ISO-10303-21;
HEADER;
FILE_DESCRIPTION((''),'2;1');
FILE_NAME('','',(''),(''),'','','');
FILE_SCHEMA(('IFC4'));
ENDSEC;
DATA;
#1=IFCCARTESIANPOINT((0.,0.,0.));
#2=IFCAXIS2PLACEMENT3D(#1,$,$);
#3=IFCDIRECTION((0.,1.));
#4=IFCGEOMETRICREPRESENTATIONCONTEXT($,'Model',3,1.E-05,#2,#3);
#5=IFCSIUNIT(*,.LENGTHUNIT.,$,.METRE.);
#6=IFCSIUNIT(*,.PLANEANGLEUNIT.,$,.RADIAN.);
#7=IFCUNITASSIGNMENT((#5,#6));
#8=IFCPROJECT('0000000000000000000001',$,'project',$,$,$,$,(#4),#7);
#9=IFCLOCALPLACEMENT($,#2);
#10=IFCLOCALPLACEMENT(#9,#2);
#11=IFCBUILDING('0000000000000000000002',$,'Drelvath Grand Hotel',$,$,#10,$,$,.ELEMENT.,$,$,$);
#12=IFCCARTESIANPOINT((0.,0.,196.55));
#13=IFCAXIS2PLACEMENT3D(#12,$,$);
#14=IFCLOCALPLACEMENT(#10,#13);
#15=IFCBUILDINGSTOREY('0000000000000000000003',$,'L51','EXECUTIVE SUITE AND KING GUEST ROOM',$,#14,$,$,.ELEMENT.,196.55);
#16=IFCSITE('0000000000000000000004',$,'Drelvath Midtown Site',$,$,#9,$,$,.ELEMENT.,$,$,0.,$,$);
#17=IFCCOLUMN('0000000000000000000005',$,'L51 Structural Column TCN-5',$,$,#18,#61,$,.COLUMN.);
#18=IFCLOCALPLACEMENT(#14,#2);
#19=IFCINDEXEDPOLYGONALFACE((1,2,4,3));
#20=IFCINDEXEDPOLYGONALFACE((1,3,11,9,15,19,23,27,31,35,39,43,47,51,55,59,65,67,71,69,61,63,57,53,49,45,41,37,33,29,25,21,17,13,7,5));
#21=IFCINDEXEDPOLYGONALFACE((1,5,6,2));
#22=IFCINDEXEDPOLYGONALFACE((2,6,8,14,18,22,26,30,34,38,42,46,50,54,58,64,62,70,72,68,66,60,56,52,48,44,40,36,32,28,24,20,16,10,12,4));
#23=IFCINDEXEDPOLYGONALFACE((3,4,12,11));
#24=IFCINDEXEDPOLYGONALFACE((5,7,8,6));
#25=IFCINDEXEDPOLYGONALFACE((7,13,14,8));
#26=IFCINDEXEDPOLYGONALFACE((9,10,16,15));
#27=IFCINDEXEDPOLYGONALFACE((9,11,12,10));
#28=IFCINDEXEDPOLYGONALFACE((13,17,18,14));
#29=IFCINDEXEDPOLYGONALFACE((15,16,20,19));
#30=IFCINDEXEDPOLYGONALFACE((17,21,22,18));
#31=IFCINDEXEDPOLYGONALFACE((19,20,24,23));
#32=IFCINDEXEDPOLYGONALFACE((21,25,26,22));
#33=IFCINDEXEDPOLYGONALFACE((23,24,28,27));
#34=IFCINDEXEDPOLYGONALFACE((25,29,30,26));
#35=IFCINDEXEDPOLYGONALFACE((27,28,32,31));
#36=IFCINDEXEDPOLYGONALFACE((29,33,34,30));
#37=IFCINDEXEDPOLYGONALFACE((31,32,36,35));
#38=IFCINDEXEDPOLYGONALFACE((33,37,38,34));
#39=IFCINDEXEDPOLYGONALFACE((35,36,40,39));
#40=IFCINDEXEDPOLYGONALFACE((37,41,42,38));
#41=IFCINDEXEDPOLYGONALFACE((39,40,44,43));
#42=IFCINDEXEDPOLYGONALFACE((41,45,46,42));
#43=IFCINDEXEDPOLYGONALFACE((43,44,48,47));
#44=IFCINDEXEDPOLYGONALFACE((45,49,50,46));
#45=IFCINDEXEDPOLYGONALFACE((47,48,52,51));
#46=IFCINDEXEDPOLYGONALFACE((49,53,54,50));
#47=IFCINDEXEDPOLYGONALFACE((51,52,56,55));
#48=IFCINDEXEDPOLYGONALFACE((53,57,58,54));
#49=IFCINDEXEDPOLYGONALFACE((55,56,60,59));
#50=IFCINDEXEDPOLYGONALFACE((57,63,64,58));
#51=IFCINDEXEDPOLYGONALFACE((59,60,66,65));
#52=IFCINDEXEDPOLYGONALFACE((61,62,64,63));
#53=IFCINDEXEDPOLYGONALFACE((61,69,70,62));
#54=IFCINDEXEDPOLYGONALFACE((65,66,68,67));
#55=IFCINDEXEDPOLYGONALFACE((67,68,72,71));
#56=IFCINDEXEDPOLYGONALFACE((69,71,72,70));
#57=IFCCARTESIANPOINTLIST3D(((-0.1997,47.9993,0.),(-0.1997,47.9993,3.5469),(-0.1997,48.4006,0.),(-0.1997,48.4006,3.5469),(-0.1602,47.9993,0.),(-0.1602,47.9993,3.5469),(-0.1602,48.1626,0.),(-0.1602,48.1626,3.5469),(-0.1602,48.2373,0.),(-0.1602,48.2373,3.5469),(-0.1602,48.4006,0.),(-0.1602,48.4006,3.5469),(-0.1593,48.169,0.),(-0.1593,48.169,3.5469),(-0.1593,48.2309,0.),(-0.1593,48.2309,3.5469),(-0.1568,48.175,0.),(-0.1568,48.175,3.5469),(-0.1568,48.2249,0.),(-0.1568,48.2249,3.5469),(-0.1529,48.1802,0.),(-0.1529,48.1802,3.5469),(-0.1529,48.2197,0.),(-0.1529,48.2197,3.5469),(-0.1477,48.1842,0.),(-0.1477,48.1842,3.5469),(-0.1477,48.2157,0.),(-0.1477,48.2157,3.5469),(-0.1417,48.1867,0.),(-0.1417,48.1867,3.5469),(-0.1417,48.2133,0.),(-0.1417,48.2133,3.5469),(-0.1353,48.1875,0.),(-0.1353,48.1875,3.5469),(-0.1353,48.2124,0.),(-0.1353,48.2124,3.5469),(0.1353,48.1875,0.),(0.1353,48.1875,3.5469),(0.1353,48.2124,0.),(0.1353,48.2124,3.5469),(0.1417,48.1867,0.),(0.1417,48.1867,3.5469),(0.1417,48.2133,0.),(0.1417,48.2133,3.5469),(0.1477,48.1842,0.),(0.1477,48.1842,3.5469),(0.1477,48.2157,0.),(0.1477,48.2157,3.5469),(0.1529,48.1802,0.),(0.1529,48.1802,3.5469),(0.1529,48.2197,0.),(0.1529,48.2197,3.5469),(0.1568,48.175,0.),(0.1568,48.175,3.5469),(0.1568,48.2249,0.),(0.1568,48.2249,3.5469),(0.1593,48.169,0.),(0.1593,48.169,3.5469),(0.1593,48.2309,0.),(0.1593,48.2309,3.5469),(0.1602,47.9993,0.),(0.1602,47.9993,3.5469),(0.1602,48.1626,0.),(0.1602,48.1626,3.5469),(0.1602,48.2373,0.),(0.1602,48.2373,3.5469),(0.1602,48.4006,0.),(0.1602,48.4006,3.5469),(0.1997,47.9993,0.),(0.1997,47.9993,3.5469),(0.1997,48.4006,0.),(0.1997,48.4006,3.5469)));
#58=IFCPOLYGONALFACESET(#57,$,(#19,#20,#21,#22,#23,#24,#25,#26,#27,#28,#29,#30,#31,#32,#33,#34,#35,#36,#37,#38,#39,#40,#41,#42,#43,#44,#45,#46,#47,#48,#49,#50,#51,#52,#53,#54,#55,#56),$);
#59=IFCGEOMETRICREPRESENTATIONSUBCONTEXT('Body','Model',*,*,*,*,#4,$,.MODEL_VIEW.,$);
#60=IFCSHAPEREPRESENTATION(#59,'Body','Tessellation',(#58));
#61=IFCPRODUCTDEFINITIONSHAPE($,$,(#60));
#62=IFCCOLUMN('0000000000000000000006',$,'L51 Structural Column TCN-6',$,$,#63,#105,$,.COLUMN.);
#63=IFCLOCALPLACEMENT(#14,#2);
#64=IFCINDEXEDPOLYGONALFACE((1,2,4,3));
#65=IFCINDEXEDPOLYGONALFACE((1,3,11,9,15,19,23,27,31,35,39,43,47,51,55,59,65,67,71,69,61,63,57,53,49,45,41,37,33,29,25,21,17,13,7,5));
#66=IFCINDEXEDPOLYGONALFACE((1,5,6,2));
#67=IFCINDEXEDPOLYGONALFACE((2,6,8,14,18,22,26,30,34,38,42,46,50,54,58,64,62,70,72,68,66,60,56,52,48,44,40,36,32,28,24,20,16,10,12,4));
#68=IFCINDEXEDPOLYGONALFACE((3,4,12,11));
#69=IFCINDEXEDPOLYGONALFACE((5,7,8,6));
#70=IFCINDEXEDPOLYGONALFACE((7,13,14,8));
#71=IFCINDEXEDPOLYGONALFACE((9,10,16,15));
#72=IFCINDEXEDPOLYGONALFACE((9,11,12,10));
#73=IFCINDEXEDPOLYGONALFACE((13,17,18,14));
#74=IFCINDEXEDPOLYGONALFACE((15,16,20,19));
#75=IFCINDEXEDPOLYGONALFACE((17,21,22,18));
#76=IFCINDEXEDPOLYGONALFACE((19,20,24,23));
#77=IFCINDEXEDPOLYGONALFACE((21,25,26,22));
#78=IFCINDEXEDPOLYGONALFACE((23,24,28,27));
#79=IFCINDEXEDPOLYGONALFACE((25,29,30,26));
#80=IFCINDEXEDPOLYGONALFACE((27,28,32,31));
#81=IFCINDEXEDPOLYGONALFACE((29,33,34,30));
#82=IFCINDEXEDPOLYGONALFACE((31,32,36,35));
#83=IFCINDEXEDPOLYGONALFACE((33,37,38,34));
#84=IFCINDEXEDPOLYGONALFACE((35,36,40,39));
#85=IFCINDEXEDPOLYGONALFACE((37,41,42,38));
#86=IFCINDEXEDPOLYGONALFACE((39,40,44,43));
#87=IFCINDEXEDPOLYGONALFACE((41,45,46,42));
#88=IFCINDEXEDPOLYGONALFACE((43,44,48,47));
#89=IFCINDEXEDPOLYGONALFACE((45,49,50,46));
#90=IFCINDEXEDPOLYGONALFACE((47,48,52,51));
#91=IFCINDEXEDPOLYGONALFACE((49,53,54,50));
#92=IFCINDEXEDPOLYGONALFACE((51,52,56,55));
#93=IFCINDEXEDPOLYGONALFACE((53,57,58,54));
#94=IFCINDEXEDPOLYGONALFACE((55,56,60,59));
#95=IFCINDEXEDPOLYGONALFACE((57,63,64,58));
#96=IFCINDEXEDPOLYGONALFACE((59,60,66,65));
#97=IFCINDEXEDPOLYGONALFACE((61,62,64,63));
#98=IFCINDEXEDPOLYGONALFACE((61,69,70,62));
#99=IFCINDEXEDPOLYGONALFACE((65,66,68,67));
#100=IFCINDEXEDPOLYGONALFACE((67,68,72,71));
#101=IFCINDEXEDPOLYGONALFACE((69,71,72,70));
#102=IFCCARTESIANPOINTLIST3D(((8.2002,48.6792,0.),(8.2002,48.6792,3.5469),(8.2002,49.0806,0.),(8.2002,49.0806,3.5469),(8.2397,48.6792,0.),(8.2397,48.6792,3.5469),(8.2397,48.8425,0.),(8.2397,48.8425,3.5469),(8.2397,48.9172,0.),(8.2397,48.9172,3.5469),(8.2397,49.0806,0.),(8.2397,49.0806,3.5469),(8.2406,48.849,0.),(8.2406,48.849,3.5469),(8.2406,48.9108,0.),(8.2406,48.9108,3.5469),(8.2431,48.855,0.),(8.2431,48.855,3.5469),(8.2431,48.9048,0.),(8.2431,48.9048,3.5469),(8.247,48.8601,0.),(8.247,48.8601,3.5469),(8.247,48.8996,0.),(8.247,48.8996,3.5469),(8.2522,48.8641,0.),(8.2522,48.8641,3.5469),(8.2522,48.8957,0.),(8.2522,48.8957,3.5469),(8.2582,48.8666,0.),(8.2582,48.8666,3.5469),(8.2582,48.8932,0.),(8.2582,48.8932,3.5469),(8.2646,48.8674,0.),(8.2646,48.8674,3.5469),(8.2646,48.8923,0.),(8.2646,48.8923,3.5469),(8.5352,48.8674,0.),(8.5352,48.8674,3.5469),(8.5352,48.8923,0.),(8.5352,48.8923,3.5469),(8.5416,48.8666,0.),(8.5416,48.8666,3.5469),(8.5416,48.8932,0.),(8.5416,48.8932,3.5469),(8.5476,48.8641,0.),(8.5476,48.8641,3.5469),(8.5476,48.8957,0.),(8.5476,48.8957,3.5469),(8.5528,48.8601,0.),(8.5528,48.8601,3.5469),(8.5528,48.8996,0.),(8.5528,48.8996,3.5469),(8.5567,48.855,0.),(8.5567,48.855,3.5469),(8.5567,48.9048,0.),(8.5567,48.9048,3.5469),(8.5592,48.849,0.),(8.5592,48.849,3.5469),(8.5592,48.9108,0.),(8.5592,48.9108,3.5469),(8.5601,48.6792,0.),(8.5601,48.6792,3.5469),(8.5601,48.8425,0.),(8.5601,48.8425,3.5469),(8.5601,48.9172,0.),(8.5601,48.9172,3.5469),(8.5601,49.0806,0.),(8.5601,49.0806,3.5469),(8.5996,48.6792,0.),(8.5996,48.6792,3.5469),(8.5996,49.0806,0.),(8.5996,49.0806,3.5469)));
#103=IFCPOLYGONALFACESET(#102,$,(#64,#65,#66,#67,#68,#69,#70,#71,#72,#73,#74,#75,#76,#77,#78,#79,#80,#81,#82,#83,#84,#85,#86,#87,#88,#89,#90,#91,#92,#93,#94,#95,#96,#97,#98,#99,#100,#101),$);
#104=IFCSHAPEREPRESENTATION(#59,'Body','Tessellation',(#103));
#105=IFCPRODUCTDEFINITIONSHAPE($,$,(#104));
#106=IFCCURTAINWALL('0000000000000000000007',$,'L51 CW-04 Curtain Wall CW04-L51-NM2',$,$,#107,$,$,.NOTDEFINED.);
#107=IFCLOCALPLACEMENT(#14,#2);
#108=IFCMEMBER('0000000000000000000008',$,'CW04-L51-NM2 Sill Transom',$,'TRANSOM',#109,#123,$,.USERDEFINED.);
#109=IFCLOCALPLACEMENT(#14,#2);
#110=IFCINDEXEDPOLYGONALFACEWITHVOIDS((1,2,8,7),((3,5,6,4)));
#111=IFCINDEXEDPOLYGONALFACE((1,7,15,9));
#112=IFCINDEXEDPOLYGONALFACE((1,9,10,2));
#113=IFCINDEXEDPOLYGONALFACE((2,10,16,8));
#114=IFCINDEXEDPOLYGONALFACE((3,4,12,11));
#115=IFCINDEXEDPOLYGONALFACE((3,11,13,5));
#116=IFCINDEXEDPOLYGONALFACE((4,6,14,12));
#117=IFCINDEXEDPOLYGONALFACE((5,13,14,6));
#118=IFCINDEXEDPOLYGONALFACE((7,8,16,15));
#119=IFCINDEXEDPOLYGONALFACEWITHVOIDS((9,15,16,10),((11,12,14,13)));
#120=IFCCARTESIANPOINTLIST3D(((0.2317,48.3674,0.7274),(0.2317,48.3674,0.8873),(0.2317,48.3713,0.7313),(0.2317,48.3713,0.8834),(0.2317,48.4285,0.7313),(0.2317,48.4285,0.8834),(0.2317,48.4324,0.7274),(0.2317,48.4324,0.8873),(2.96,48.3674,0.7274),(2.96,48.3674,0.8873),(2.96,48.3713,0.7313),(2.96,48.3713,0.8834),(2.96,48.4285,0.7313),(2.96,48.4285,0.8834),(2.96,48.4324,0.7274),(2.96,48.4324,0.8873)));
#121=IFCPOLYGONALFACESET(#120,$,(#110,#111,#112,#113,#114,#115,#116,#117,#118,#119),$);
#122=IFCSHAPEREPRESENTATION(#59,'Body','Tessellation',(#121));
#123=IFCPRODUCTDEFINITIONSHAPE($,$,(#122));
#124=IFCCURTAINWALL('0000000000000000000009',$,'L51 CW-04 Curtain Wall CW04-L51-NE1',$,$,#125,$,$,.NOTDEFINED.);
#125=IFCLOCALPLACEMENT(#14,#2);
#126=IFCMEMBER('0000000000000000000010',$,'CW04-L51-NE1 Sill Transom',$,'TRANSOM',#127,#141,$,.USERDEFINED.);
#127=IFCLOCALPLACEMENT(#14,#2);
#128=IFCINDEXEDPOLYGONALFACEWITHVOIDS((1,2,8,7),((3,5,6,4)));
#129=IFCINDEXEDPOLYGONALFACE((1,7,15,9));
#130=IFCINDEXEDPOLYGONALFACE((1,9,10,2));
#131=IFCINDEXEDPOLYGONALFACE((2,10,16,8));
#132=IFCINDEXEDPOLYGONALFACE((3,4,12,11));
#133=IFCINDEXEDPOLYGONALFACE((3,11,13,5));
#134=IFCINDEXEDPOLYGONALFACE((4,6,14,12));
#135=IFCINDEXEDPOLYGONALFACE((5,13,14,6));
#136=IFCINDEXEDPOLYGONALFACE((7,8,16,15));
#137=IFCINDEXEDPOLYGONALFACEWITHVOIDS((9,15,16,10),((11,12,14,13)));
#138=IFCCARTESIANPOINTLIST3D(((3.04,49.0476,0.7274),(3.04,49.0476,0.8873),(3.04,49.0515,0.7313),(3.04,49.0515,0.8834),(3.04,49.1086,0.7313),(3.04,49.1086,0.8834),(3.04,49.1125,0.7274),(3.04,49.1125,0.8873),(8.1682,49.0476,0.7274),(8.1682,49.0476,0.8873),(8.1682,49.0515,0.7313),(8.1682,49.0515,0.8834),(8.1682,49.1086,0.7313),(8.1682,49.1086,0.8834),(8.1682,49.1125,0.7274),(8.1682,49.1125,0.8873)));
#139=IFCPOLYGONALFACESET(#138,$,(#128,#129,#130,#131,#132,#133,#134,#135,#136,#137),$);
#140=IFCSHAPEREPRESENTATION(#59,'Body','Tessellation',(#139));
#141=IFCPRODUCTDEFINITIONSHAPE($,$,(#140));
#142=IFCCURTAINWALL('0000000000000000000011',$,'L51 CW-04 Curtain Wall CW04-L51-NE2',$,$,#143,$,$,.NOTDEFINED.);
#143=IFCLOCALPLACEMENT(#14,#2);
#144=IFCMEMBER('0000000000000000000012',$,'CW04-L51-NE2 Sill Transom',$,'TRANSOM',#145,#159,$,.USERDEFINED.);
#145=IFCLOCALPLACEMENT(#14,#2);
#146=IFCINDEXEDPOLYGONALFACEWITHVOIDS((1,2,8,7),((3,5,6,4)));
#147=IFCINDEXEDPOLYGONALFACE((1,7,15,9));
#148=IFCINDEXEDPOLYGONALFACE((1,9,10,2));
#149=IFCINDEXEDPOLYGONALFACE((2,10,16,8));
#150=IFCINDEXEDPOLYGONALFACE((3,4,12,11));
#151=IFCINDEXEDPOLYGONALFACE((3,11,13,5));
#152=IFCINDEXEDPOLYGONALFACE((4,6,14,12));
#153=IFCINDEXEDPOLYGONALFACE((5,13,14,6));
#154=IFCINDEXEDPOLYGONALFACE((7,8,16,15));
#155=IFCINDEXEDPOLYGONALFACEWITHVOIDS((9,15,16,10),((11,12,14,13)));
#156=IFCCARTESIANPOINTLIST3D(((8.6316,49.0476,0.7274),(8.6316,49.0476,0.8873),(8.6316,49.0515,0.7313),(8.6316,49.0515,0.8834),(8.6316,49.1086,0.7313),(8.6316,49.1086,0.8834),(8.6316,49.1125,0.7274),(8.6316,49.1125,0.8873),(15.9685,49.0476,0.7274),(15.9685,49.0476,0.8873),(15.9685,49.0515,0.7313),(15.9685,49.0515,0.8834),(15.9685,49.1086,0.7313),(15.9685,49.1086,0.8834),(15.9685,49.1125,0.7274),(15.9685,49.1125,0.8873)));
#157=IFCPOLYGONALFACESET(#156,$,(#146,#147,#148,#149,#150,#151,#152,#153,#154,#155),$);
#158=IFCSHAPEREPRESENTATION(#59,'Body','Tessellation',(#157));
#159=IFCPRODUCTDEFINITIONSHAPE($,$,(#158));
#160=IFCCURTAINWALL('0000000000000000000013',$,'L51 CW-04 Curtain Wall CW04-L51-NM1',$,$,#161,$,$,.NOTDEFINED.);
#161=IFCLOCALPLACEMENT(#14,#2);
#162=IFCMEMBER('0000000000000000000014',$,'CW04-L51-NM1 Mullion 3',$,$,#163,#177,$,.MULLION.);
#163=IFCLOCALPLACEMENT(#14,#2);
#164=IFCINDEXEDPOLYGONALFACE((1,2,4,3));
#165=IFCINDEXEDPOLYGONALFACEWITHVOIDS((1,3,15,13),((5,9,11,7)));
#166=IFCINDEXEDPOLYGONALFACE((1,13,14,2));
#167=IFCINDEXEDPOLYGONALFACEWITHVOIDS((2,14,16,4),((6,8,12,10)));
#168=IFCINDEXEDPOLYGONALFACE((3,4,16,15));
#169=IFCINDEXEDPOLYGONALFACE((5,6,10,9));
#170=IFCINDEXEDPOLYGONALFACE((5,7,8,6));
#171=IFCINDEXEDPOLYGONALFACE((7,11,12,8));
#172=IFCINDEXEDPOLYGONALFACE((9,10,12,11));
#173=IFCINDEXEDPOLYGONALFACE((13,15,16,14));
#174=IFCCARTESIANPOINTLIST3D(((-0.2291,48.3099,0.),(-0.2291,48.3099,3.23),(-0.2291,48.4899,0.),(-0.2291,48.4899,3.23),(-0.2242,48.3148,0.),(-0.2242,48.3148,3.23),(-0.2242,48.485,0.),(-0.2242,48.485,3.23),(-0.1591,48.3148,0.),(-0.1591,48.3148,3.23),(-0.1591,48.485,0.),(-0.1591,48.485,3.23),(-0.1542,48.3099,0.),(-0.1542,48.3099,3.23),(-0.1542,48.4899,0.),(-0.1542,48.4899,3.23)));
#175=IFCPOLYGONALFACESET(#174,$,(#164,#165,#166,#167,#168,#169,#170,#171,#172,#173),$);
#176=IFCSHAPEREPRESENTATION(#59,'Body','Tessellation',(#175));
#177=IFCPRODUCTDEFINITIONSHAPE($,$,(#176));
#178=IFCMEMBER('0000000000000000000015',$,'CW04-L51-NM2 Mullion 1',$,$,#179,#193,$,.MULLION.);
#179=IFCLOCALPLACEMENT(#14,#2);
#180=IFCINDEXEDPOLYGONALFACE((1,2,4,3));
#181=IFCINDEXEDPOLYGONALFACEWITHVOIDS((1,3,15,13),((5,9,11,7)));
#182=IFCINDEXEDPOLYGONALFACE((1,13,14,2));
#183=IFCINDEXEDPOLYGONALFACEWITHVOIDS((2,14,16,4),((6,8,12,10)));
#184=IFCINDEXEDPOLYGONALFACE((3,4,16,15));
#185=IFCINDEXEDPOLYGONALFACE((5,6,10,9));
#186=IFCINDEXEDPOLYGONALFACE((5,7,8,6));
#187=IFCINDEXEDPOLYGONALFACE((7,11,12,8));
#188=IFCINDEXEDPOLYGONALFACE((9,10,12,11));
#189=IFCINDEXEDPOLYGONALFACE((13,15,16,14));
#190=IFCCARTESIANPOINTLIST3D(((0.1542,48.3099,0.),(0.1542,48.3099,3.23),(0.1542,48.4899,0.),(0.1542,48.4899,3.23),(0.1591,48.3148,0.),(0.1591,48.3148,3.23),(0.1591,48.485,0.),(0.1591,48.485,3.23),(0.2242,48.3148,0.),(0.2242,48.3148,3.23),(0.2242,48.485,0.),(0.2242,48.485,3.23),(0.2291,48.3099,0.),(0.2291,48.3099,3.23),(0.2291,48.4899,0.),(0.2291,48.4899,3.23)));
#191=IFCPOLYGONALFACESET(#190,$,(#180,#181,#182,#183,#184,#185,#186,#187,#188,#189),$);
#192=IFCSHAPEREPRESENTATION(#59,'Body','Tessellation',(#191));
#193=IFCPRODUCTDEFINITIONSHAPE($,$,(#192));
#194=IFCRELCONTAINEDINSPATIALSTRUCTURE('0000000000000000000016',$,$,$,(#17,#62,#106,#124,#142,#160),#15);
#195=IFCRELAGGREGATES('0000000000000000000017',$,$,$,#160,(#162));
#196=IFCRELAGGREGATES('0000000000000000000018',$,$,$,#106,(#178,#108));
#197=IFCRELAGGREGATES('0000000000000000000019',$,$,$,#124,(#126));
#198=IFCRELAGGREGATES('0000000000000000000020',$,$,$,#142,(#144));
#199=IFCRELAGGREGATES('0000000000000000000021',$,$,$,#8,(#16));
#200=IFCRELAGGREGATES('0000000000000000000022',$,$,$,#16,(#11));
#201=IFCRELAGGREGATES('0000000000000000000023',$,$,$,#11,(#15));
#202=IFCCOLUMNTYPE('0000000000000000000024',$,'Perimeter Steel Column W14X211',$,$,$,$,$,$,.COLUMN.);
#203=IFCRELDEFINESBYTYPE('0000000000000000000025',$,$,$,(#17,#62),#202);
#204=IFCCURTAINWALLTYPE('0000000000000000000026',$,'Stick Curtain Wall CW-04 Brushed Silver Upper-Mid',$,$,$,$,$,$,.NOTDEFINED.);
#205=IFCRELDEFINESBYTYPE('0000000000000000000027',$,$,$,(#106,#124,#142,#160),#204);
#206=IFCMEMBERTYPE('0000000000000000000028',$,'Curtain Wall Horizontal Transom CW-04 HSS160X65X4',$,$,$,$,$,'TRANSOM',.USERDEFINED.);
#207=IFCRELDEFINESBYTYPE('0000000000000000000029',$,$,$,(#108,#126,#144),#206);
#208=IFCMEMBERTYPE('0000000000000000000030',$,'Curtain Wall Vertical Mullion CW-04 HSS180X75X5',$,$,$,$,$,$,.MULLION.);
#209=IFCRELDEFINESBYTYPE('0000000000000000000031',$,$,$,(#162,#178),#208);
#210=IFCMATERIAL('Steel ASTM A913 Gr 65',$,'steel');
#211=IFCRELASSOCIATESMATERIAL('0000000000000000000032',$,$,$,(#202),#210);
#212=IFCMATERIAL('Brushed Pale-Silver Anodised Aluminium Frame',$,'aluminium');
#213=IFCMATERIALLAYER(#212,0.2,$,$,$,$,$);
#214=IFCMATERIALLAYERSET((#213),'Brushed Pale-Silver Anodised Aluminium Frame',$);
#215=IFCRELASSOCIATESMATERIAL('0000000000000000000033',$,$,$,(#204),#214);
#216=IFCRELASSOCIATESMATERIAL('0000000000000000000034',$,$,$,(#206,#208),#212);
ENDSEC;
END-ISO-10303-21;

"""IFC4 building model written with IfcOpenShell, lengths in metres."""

from ifc_helpers import new_model, si_unit, direction, frame, origin, origin_2d, place, context, subcontext, project, spatial, hollow_rectangle, i_section, extrude, material, layer, layer_set, material_profile, profile_set, type_object, element, aggregate, save


model = new_model("IFC4")

# Units and contexts
model_context = context("Model", 3, precision=1e-05, world=origin(), true_north=direction((0.0, 1.0)))
body_context = subcontext(model_context, "Body", "Model", "MODEL_VIEW")
ifc_project = project(units=[si_unit("LENGTHUNIT", "METRE"), si_unit("PLANEANGLEUNIT", "RADIAN")], contexts=[model_context])

# Site, building, storey
site_placement = place(None, origin())
site = spatial("IfcSite", under=ifc_project, at=site_placement, Name="Drelvath Midtown Site", CompositionType="ELEMENT", RefElevation=0.0)
building_placement = place(site_placement, origin())
building = spatial("IfcBuilding", under=site, at=building_placement, Name="Drelvath Grand Hotel", CompositionType="ELEMENT")
storey_placement = place(building_placement, frame((0.0, 0.0, 196.55)))
storey = spatial("IfcBuildingStorey", under=building, at=storey_placement, Name="L51", Description="EXECUTIVE SUITE AND KING GUEST ROOM", CompositionType="ELEMENT", Elevation=196.55)

# Columns
ifc_material_1 = material(Name="Steel ASTM A913 Gr 65", Category="steel")
ifc_material_profile_1 = material_profile(ifc_material_1, i_section(OverallWidth=0.4014, OverallDepth=0.3994, WebThickness=0.0249, FlangeThickness=0.0396, FilletRadius=0.0249, at=origin_2d()), Name="W14X211")
ifc_profile_set_1 = profile_set([ifc_material_profile_1], Name="Steel ASTM A913 Gr 65")
column_type = type_object("IfcColumnType", Name="Perimeter Steel Column W14X211", PredefinedType="COLUMN", material=ifc_profile_set_1)
for number, where, z_axis, x_axis, name in (
    (1, (0.0, 48.2, 0.0), (0.0, 0.0, 1.0), (0.0, 1.0, 0.0), "L51 Structural Column TCN-5"),
    (2, (8.3999, 48.8799, 0.0), (0.0, 0.0, 1.0), (0.0, 1.0, 0.0), "L51 Structural Column TCN-6"),
):
    element("IfcColumn", number, at=place(storey_placement, frame(where, z_axis=z_axis, x_axis=x_axis)), inside=storey, type_object=column_type, Name=name, PredefinedType="COLUMN", context=body_context, shape_type="SweptSolid", body=[
        extrude(i_section(OverallWidth=0.4014, OverallDepth=0.3994, WebThickness=0.0249, FlangeThickness=0.0396, FilletRadius=0.0249, at=origin_2d()), origin(), (0.0, 0.0, 1.0), 3.5469),
    ])

# Curtain walls, members
ifc_material_2 = material(Name="Brushed Pale-Silver Anodised Aluminium Frame", Category="aluminium")
ifc_layer_1 = layer(ifc_material_2, 0.2)
ifc_layer_set_1 = layer_set([ifc_layer_1], Name="Brushed Pale-Silver Anodised Aluminium Frame")
curtain_wall_type = type_object("IfcCurtainWallType", Name="Stick Curtain Wall CW-04 Brushed Silver Upper-Mid", PredefinedType="NOTDEFINED", material=ifc_layer_set_1)
curtain_wall_1_placement = place(storey_placement, origin())
curtain_wall_1 = element("IfcCurtainWall", 3, at=curtain_wall_1_placement, inside=storey, type_object=curtain_wall_type, Name="L51 CW-04 Curtain Wall CW04-L51-NM2", PredefinedType="NOTDEFINED")
ifc_material_profile_2 = material_profile(ifc_material_2, hollow_rectangle(XDim=0.0649, YDim=0.1599, WallThickness=0.0039, at=origin_2d()), Name="HSS160X65X4")
ifc_profile_set_2 = profile_set([ifc_material_profile_2], Name="Brushed Pale-Silver Anodised Aluminium Frame")
member_type_1 = type_object("IfcMemberType", Name="Curtain Wall Horizontal Transom CW-04 HSS160X65X4", ElementType="TRANSOM", PredefinedType="USERDEFINED", material=ifc_profile_set_2)
member_1_placement = place(storey_placement, frame((0.2317, 48.3999, 0.8074), z_axis=(1.0, 0.0, 0.0), x_axis=(0.0, 1.0, 0.0)))
member_1 = element("IfcMember", 4, at=member_1_placement, type_object=member_type_1, Name="CW04-L51-NM2 Sill Transom", ObjectType="TRANSOM", PredefinedType="USERDEFINED", context=body_context, shape_type="SweptSolid", body=[
    extrude(hollow_rectangle(XDim=0.0649, YDim=0.1599, WallThickness=0.0039, at=origin_2d()), origin(), (0.0, 0.0, 1.0), 2.7283),
])
curtain_wall_2_placement = place(storey_placement, origin())
curtain_wall_2 = element("IfcCurtainWall", 5, at=curtain_wall_2_placement, inside=storey, type_object=curtain_wall_type, Name="L51 CW-04 Curtain Wall CW04-L51-NE1", PredefinedType="NOTDEFINED")
member_2_placement = place(storey_placement, frame((3.04, 49.0801, 0.8074), z_axis=(1.0, 0.0, 0.0), x_axis=(0.0, 1.0, 0.0)))
member_2 = element("IfcMember", 6, at=member_2_placement, type_object=member_type_1, Name="CW04-L51-NE1 Sill Transom", ObjectType="TRANSOM", PredefinedType="USERDEFINED", context=body_context, shape_type="SweptSolid", body=[
    extrude(hollow_rectangle(XDim=0.0649, YDim=0.1599, WallThickness=0.0039, at=origin_2d()), origin(), (0.0, 0.0, 1.0), 5.1282),
])
curtain_wall_3_placement = place(storey_placement, origin())
curtain_wall_3 = element("IfcCurtainWall", 7, at=curtain_wall_3_placement, inside=storey, type_object=curtain_wall_type, Name="L51 CW-04 Curtain Wall CW04-L51-NE2", PredefinedType="NOTDEFINED")
member_3_placement = place(storey_placement, frame((8.6316, 49.0801, 0.8074), z_axis=(1.0, 0.0, 0.0), x_axis=(0.0, 1.0, 0.0)))
member_3 = element("IfcMember", 8, at=member_3_placement, type_object=member_type_1, Name="CW04-L51-NE2 Sill Transom", ObjectType="TRANSOM", PredefinedType="USERDEFINED", context=body_context, shape_type="SweptSolid", body=[
    extrude(hollow_rectangle(XDim=0.0649, YDim=0.1599, WallThickness=0.0039, at=origin_2d()), origin(), (0.0, 0.0, 1.0), 7.3369),
])
curtain_wall_4_placement = place(storey_placement, origin())
curtain_wall_4 = element("IfcCurtainWall", 9, at=curtain_wall_4_placement, inside=storey, type_object=curtain_wall_type, Name="L51 CW-04 Curtain Wall CW04-L51-NM1", PredefinedType="NOTDEFINED")
ifc_material_profile_3 = material_profile(ifc_material_2, hollow_rectangle(XDim=0.075, YDim=0.1799, WallThickness=0.0049, at=origin_2d()), Name="HSS180X75X5")
ifc_profile_set_3 = profile_set([ifc_material_profile_3], Name="Brushed Pale-Silver Anodised Aluminium Frame")
member_type_2 = type_object("IfcMemberType", Name="Curtain Wall Vertical Mullion CW-04 HSS180X75X5", PredefinedType="MULLION", material=ifc_profile_set_3)
member_4_placement = place(storey_placement, frame((-0.1917, 48.3999, 0.0), z_axis=(0.0, 0.0, 1.0), x_axis=(1.0, 0.0, 0.0)))
member_4 = element("IfcMember", 10, at=member_4_placement, type_object=member_type_2, Name="CW04-L51-NM1 Mullion 3", PredefinedType="MULLION", context=body_context, shape_type="SweptSolid", body=[
    extrude(hollow_rectangle(XDim=0.075, YDim=0.1799, WallThickness=0.0049, at=origin_2d()), origin(), (0.0, 0.0, 1.0), 3.23),
])
aggregate(curtain_wall_4, [member_4])

# Member
member_5_placement = place(storey_placement, frame((0.1917, 48.3999, 0.0), z_axis=(0.0, 0.0, 1.0), x_axis=(1.0, 0.0, 0.0)))
member_5 = element("IfcMember", 11, at=member_5_placement, type_object=member_type_2, Name="CW04-L51-NM2 Mullion 1", PredefinedType="MULLION", context=body_context, shape_type="SweptSolid", body=[
    extrude(hollow_rectangle(XDim=0.075, YDim=0.1799, WallThickness=0.0049, at=origin_2d()), origin(), (0.0, 0.0, 1.0), 3.23),
])

aggregate(curtain_wall_1, [member_5, member_1])
aggregate(curtain_wall_2, [member_2])
aggregate(curtain_wall_3, [member_3])

save(model, "model.ifc")
